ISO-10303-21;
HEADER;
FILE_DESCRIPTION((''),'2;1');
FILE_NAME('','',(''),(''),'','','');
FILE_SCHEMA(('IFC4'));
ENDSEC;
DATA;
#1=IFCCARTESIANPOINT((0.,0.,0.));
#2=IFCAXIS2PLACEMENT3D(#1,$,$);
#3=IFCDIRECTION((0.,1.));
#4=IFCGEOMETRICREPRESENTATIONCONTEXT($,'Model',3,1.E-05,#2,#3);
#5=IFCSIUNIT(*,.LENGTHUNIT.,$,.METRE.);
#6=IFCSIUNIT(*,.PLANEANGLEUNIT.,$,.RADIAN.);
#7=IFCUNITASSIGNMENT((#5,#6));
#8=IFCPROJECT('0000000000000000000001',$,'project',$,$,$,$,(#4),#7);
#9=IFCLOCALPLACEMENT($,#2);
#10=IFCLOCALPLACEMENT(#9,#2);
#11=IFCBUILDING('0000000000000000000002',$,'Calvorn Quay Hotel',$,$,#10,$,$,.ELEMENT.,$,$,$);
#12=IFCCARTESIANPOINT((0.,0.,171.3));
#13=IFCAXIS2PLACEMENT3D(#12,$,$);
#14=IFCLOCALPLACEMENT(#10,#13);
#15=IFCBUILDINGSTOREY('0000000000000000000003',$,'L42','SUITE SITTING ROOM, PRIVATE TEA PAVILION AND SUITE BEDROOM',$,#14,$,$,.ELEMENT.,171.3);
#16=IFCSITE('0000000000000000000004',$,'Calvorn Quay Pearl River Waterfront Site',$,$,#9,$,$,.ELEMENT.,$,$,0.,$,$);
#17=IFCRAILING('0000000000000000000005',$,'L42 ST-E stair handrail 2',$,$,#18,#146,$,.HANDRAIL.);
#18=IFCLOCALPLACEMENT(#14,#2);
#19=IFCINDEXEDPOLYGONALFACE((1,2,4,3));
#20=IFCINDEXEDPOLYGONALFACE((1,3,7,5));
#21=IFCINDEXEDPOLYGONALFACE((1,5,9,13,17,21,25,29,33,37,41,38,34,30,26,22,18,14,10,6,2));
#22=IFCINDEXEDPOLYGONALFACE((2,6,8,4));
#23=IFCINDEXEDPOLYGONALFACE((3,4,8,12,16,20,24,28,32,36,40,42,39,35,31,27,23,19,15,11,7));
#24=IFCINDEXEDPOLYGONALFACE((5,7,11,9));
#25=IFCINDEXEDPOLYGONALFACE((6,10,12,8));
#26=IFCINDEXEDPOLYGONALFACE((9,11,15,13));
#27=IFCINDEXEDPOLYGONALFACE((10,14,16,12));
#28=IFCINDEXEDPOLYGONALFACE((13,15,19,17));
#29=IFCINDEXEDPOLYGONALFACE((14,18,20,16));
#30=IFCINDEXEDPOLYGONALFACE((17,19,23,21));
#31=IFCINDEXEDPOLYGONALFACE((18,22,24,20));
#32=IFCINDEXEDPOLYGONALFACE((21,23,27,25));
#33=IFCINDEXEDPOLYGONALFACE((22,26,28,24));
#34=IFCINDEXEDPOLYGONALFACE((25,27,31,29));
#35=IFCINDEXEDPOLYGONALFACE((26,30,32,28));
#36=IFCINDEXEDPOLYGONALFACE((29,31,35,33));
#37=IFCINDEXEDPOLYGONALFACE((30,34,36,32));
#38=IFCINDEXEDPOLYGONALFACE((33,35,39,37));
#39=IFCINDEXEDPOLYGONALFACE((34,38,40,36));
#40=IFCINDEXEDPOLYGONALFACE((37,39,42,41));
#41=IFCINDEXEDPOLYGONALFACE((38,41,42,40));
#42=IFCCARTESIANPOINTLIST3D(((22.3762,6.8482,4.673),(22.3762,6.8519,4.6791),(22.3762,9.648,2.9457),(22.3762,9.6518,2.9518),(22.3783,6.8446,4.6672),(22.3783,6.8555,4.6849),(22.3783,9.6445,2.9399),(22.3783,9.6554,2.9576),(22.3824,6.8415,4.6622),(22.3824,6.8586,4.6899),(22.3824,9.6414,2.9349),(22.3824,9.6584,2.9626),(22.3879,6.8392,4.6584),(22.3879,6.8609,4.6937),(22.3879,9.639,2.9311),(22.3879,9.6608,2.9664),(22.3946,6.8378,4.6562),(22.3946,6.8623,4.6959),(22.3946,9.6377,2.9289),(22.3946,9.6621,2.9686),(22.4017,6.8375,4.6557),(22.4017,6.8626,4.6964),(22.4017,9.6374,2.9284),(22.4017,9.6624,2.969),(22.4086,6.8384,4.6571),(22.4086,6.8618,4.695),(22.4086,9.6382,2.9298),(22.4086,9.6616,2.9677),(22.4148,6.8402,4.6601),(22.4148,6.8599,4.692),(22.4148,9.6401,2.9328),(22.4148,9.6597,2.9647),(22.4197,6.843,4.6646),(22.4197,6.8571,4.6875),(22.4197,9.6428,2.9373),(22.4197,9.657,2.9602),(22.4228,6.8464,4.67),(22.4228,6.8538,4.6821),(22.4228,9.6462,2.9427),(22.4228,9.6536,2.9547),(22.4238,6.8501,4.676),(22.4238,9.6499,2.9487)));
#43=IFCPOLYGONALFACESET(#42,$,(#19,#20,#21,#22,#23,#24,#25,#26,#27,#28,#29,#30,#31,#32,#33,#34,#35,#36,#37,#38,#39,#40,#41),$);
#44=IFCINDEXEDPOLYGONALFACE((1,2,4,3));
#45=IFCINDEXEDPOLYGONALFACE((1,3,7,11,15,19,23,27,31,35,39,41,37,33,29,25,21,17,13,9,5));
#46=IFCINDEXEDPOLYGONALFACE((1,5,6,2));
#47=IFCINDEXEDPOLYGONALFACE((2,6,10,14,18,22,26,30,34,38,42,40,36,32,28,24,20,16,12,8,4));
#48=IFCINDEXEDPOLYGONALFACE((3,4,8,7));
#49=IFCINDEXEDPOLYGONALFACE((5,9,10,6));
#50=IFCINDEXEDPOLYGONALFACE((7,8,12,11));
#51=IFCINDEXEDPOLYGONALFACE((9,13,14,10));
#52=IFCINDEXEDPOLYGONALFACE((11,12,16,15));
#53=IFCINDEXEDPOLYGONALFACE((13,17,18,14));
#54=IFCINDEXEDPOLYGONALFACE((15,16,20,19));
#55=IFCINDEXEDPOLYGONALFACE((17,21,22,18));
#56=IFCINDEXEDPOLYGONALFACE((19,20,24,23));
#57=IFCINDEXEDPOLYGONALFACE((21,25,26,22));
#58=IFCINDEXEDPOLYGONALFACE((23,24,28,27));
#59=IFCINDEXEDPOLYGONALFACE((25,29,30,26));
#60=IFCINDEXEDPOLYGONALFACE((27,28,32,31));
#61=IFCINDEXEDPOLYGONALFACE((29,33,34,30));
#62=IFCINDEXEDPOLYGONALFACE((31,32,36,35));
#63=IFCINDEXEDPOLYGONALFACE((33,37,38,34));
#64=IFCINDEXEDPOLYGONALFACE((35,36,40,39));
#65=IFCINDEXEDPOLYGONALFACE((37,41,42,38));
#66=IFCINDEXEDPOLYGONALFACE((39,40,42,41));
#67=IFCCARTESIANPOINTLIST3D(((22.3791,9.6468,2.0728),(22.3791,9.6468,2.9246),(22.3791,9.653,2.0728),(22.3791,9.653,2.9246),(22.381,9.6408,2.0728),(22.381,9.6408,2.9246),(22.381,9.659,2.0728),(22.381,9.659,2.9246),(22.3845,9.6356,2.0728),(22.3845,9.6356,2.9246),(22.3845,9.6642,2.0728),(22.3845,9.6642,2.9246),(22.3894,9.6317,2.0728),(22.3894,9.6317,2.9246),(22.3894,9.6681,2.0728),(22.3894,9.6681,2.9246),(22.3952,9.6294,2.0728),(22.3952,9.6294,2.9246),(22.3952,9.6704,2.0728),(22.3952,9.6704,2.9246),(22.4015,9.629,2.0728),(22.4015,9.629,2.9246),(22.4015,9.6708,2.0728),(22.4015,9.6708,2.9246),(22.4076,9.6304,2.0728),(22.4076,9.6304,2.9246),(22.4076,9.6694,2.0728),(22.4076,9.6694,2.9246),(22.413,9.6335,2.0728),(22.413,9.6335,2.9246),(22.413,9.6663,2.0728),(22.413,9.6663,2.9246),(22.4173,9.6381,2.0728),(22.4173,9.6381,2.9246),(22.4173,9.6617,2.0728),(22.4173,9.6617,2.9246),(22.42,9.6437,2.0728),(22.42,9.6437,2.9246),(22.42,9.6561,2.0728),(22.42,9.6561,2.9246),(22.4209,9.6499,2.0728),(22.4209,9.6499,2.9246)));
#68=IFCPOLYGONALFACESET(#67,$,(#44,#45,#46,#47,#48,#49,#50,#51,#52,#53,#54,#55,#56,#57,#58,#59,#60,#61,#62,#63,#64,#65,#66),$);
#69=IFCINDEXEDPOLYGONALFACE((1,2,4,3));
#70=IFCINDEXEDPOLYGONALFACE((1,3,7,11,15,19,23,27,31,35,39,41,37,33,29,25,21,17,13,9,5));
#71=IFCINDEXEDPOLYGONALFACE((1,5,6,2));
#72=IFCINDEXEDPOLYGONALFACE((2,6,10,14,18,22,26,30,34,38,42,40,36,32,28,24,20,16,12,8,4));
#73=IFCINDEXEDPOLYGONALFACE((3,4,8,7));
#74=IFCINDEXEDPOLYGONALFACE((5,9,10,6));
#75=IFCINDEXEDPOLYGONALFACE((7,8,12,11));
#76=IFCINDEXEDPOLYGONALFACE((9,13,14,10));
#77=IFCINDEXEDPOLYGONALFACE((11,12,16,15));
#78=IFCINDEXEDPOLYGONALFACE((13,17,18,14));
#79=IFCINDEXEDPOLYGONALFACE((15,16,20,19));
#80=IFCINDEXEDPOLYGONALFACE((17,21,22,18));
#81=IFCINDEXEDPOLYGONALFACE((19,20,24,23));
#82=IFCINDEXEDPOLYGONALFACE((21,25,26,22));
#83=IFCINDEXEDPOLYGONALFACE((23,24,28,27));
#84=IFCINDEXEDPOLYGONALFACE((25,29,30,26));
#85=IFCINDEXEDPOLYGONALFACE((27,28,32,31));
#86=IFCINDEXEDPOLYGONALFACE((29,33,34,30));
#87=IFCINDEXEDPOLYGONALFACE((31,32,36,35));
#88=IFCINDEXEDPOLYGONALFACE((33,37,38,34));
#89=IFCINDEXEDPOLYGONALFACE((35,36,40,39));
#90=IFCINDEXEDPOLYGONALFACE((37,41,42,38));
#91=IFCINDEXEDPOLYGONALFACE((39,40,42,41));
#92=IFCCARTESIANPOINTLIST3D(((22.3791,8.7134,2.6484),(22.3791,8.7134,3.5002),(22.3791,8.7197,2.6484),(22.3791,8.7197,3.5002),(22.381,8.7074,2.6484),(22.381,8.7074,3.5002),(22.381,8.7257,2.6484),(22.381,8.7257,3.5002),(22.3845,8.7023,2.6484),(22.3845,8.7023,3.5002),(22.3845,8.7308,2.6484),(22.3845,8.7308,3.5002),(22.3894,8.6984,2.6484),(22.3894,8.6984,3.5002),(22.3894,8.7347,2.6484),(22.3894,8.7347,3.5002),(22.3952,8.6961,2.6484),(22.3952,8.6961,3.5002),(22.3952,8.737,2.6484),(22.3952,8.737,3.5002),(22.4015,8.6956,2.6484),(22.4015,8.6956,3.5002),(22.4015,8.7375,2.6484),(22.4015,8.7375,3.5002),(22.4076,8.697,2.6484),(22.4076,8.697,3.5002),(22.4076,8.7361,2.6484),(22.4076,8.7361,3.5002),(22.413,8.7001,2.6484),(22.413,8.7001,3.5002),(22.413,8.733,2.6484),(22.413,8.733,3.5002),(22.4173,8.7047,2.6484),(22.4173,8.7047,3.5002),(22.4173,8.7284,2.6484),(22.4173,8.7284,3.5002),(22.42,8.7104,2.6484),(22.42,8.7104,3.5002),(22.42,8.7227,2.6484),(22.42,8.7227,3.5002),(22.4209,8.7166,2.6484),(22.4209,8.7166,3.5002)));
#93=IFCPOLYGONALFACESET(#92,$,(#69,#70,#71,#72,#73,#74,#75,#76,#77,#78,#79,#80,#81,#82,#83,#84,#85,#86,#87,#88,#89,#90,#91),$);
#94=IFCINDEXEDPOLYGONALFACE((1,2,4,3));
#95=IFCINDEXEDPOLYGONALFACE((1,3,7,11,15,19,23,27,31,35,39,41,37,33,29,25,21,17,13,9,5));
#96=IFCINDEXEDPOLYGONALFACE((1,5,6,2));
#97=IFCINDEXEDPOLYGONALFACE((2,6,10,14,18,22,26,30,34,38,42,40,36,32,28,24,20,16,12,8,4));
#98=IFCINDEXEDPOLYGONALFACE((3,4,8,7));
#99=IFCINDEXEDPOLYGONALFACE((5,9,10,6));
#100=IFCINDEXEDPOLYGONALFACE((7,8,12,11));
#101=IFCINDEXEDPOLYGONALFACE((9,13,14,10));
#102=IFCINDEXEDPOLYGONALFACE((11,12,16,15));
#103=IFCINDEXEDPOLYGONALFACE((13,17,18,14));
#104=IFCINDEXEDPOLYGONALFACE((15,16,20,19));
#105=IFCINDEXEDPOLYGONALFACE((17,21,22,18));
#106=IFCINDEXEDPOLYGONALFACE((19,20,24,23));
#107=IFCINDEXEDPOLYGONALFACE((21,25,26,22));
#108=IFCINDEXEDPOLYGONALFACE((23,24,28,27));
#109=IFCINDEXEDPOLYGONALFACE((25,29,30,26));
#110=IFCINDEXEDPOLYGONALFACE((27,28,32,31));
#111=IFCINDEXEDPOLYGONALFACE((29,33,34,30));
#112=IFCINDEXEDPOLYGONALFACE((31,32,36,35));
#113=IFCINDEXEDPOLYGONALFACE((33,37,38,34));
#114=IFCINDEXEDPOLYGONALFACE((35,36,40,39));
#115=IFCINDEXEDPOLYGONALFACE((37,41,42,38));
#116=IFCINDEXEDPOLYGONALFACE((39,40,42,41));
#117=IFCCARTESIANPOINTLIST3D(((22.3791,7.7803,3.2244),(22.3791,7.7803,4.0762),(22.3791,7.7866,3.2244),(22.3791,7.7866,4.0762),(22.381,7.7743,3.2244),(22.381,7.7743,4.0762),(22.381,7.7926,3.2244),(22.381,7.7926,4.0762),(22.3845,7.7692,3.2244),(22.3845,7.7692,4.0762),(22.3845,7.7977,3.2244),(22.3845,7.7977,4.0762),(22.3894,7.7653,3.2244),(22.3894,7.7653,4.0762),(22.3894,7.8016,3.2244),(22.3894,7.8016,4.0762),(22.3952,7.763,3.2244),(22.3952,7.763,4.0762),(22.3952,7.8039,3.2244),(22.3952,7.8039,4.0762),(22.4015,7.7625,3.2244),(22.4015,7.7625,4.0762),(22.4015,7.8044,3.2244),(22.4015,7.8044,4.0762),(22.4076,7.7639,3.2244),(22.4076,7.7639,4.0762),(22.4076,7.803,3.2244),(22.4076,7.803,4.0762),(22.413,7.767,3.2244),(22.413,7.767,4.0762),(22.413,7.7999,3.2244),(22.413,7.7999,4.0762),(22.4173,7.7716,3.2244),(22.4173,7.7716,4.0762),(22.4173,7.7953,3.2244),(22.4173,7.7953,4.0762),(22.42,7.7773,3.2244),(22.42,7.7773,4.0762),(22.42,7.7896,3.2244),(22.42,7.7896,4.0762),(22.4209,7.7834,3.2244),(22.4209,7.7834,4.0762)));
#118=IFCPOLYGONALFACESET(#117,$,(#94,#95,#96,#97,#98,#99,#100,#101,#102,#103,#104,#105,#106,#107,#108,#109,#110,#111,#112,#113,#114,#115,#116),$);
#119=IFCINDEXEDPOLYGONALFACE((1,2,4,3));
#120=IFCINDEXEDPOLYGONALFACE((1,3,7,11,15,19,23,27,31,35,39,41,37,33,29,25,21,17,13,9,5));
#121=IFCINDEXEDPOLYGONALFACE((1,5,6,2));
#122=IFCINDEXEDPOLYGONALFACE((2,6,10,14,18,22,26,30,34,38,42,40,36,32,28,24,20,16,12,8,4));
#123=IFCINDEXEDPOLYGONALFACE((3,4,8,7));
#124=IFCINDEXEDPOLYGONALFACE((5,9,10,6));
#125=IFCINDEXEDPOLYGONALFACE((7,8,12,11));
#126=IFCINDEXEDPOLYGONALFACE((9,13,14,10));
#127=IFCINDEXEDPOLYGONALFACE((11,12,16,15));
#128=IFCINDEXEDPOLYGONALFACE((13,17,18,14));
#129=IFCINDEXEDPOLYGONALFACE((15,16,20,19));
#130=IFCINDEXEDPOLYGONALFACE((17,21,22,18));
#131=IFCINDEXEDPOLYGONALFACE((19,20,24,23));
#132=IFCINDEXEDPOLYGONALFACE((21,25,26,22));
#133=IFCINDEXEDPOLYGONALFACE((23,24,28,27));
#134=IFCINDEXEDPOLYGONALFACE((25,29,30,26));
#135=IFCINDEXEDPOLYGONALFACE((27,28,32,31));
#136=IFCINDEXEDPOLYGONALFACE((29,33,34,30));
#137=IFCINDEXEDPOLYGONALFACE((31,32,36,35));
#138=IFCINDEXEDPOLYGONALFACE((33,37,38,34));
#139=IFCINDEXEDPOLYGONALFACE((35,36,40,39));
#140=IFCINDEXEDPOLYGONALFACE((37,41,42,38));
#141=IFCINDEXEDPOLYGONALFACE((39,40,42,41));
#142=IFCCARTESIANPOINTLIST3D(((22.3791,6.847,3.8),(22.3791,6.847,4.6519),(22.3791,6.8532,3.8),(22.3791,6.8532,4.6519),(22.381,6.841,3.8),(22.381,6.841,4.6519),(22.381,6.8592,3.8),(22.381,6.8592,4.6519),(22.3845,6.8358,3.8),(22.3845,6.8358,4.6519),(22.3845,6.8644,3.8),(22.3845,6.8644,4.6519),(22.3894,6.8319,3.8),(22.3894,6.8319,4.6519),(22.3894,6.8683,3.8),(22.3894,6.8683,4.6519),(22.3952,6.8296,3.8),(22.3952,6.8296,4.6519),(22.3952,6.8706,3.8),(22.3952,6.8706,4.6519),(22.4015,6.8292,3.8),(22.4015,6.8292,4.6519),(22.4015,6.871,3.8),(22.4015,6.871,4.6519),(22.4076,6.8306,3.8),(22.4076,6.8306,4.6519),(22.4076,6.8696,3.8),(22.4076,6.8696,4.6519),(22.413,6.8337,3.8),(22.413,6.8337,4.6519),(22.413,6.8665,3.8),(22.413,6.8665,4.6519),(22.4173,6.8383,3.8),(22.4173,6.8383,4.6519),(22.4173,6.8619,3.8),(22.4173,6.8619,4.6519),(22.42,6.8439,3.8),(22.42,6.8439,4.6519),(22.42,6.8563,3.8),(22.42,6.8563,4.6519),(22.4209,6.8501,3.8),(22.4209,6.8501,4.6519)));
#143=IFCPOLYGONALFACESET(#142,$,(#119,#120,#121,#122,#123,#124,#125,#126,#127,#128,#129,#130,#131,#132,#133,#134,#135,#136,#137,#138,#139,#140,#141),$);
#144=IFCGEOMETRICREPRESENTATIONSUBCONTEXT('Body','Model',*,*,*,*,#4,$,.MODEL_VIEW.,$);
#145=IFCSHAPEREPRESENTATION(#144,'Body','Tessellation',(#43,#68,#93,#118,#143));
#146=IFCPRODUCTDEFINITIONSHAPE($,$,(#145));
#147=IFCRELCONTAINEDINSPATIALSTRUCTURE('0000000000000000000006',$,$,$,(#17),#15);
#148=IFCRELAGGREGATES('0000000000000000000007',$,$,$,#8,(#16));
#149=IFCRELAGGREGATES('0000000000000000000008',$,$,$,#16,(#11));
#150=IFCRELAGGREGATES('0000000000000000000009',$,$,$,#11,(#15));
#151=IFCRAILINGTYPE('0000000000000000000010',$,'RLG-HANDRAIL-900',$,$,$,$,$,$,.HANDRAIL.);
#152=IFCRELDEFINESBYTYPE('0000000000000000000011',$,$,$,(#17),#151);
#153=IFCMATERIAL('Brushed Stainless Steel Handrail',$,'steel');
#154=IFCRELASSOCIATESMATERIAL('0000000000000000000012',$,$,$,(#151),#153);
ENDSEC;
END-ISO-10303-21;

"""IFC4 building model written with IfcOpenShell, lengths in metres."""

from ifc_helpers import new_model, si_unit, direction, frame, origin, origin_2d, place, context, subcontext, project, spatial, circle, extrude, material, type_object, element, save


model = new_model("IFC4")

# Units and contexts
model_context = context("Model", 3, precision=1e-05, world=origin(), true_north=direction((0.0, 1.0)))
body_context = subcontext(model_context, "Body", "Model", "MODEL_VIEW")
ifc_project = project(units=[si_unit("LENGTHUNIT", "METRE"), si_unit("PLANEANGLEUNIT", "RADIAN")], contexts=[model_context])

# Site, building, storey
site_placement = place(None, origin())
site = spatial("IfcSite", under=ifc_project, at=site_placement, Name="Calvorn Quay Pearl River Waterfront Site", CompositionType="ELEMENT", RefElevation=0.0)
building_placement = place(site_placement, origin())
building = spatial("IfcBuilding", under=site, at=building_placement, Name="Calvorn Quay Hotel", CompositionType="ELEMENT")
storey_placement = place(building_placement, frame((0.0, 0.0, 171.3)))
storey = spatial("IfcBuildingStorey", under=building, at=storey_placement, Name="L42", Description="SUITE SITTING ROOM, PRIVATE TEA PAVILION AND SUITE BEDROOM", CompositionType="ELEMENT", Elevation=171.3)

# Railing
ifc_material_1 = material(Name="Brushed Stainless Steel Handrail", Category="steel")
railing_type_1 = type_object("IfcRailingType", Name="RLG-HANDRAIL-900", PredefinedType="HANDRAIL", material=ifc_material_1)
railing_1_placement = place(storey_placement, frame((22.3999, 9.6499, 2.0728)))
element("IfcRailing", 1, at=railing_1_placement, inside=storey, type_object=railing_type_1, Name="L42 ST-E stair handrail 2", PredefinedType="HANDRAIL", context=body_context, shape_type="SweptSolid", body=[
    extrude(circle(Radius=0.0239, at=origin_2d()), frame((0.0, 0.0, 0.876), z_axis=(0.0, -0.851069, 0.525054), x_axis=(1.0, 0.0, 0.0)), (0.0, 0.0, 1.0), 3.2898),
    extrude(circle(Radius=0.021, at=origin_2d()), origin(), (0.0, 0.0, 1.0), 0.8518),
    extrude(circle(Radius=0.021, at=origin_2d()), frame((0.0, -0.9333, 0.5757)), (0.0, 0.0, 1.0), 0.8518),
    extrude(circle(Radius=0.021, at=origin_2d()), frame((0.0, -1.8665, 1.1516)), (0.0, 0.0, 1.0), 0.8518),
    extrude(circle(Radius=0.021, at=origin_2d()), frame((0.0, -2.7998, 1.7273)), (0.0, 0.0, 1.0), 0.8518),
])

save(model, "model.ifc")
